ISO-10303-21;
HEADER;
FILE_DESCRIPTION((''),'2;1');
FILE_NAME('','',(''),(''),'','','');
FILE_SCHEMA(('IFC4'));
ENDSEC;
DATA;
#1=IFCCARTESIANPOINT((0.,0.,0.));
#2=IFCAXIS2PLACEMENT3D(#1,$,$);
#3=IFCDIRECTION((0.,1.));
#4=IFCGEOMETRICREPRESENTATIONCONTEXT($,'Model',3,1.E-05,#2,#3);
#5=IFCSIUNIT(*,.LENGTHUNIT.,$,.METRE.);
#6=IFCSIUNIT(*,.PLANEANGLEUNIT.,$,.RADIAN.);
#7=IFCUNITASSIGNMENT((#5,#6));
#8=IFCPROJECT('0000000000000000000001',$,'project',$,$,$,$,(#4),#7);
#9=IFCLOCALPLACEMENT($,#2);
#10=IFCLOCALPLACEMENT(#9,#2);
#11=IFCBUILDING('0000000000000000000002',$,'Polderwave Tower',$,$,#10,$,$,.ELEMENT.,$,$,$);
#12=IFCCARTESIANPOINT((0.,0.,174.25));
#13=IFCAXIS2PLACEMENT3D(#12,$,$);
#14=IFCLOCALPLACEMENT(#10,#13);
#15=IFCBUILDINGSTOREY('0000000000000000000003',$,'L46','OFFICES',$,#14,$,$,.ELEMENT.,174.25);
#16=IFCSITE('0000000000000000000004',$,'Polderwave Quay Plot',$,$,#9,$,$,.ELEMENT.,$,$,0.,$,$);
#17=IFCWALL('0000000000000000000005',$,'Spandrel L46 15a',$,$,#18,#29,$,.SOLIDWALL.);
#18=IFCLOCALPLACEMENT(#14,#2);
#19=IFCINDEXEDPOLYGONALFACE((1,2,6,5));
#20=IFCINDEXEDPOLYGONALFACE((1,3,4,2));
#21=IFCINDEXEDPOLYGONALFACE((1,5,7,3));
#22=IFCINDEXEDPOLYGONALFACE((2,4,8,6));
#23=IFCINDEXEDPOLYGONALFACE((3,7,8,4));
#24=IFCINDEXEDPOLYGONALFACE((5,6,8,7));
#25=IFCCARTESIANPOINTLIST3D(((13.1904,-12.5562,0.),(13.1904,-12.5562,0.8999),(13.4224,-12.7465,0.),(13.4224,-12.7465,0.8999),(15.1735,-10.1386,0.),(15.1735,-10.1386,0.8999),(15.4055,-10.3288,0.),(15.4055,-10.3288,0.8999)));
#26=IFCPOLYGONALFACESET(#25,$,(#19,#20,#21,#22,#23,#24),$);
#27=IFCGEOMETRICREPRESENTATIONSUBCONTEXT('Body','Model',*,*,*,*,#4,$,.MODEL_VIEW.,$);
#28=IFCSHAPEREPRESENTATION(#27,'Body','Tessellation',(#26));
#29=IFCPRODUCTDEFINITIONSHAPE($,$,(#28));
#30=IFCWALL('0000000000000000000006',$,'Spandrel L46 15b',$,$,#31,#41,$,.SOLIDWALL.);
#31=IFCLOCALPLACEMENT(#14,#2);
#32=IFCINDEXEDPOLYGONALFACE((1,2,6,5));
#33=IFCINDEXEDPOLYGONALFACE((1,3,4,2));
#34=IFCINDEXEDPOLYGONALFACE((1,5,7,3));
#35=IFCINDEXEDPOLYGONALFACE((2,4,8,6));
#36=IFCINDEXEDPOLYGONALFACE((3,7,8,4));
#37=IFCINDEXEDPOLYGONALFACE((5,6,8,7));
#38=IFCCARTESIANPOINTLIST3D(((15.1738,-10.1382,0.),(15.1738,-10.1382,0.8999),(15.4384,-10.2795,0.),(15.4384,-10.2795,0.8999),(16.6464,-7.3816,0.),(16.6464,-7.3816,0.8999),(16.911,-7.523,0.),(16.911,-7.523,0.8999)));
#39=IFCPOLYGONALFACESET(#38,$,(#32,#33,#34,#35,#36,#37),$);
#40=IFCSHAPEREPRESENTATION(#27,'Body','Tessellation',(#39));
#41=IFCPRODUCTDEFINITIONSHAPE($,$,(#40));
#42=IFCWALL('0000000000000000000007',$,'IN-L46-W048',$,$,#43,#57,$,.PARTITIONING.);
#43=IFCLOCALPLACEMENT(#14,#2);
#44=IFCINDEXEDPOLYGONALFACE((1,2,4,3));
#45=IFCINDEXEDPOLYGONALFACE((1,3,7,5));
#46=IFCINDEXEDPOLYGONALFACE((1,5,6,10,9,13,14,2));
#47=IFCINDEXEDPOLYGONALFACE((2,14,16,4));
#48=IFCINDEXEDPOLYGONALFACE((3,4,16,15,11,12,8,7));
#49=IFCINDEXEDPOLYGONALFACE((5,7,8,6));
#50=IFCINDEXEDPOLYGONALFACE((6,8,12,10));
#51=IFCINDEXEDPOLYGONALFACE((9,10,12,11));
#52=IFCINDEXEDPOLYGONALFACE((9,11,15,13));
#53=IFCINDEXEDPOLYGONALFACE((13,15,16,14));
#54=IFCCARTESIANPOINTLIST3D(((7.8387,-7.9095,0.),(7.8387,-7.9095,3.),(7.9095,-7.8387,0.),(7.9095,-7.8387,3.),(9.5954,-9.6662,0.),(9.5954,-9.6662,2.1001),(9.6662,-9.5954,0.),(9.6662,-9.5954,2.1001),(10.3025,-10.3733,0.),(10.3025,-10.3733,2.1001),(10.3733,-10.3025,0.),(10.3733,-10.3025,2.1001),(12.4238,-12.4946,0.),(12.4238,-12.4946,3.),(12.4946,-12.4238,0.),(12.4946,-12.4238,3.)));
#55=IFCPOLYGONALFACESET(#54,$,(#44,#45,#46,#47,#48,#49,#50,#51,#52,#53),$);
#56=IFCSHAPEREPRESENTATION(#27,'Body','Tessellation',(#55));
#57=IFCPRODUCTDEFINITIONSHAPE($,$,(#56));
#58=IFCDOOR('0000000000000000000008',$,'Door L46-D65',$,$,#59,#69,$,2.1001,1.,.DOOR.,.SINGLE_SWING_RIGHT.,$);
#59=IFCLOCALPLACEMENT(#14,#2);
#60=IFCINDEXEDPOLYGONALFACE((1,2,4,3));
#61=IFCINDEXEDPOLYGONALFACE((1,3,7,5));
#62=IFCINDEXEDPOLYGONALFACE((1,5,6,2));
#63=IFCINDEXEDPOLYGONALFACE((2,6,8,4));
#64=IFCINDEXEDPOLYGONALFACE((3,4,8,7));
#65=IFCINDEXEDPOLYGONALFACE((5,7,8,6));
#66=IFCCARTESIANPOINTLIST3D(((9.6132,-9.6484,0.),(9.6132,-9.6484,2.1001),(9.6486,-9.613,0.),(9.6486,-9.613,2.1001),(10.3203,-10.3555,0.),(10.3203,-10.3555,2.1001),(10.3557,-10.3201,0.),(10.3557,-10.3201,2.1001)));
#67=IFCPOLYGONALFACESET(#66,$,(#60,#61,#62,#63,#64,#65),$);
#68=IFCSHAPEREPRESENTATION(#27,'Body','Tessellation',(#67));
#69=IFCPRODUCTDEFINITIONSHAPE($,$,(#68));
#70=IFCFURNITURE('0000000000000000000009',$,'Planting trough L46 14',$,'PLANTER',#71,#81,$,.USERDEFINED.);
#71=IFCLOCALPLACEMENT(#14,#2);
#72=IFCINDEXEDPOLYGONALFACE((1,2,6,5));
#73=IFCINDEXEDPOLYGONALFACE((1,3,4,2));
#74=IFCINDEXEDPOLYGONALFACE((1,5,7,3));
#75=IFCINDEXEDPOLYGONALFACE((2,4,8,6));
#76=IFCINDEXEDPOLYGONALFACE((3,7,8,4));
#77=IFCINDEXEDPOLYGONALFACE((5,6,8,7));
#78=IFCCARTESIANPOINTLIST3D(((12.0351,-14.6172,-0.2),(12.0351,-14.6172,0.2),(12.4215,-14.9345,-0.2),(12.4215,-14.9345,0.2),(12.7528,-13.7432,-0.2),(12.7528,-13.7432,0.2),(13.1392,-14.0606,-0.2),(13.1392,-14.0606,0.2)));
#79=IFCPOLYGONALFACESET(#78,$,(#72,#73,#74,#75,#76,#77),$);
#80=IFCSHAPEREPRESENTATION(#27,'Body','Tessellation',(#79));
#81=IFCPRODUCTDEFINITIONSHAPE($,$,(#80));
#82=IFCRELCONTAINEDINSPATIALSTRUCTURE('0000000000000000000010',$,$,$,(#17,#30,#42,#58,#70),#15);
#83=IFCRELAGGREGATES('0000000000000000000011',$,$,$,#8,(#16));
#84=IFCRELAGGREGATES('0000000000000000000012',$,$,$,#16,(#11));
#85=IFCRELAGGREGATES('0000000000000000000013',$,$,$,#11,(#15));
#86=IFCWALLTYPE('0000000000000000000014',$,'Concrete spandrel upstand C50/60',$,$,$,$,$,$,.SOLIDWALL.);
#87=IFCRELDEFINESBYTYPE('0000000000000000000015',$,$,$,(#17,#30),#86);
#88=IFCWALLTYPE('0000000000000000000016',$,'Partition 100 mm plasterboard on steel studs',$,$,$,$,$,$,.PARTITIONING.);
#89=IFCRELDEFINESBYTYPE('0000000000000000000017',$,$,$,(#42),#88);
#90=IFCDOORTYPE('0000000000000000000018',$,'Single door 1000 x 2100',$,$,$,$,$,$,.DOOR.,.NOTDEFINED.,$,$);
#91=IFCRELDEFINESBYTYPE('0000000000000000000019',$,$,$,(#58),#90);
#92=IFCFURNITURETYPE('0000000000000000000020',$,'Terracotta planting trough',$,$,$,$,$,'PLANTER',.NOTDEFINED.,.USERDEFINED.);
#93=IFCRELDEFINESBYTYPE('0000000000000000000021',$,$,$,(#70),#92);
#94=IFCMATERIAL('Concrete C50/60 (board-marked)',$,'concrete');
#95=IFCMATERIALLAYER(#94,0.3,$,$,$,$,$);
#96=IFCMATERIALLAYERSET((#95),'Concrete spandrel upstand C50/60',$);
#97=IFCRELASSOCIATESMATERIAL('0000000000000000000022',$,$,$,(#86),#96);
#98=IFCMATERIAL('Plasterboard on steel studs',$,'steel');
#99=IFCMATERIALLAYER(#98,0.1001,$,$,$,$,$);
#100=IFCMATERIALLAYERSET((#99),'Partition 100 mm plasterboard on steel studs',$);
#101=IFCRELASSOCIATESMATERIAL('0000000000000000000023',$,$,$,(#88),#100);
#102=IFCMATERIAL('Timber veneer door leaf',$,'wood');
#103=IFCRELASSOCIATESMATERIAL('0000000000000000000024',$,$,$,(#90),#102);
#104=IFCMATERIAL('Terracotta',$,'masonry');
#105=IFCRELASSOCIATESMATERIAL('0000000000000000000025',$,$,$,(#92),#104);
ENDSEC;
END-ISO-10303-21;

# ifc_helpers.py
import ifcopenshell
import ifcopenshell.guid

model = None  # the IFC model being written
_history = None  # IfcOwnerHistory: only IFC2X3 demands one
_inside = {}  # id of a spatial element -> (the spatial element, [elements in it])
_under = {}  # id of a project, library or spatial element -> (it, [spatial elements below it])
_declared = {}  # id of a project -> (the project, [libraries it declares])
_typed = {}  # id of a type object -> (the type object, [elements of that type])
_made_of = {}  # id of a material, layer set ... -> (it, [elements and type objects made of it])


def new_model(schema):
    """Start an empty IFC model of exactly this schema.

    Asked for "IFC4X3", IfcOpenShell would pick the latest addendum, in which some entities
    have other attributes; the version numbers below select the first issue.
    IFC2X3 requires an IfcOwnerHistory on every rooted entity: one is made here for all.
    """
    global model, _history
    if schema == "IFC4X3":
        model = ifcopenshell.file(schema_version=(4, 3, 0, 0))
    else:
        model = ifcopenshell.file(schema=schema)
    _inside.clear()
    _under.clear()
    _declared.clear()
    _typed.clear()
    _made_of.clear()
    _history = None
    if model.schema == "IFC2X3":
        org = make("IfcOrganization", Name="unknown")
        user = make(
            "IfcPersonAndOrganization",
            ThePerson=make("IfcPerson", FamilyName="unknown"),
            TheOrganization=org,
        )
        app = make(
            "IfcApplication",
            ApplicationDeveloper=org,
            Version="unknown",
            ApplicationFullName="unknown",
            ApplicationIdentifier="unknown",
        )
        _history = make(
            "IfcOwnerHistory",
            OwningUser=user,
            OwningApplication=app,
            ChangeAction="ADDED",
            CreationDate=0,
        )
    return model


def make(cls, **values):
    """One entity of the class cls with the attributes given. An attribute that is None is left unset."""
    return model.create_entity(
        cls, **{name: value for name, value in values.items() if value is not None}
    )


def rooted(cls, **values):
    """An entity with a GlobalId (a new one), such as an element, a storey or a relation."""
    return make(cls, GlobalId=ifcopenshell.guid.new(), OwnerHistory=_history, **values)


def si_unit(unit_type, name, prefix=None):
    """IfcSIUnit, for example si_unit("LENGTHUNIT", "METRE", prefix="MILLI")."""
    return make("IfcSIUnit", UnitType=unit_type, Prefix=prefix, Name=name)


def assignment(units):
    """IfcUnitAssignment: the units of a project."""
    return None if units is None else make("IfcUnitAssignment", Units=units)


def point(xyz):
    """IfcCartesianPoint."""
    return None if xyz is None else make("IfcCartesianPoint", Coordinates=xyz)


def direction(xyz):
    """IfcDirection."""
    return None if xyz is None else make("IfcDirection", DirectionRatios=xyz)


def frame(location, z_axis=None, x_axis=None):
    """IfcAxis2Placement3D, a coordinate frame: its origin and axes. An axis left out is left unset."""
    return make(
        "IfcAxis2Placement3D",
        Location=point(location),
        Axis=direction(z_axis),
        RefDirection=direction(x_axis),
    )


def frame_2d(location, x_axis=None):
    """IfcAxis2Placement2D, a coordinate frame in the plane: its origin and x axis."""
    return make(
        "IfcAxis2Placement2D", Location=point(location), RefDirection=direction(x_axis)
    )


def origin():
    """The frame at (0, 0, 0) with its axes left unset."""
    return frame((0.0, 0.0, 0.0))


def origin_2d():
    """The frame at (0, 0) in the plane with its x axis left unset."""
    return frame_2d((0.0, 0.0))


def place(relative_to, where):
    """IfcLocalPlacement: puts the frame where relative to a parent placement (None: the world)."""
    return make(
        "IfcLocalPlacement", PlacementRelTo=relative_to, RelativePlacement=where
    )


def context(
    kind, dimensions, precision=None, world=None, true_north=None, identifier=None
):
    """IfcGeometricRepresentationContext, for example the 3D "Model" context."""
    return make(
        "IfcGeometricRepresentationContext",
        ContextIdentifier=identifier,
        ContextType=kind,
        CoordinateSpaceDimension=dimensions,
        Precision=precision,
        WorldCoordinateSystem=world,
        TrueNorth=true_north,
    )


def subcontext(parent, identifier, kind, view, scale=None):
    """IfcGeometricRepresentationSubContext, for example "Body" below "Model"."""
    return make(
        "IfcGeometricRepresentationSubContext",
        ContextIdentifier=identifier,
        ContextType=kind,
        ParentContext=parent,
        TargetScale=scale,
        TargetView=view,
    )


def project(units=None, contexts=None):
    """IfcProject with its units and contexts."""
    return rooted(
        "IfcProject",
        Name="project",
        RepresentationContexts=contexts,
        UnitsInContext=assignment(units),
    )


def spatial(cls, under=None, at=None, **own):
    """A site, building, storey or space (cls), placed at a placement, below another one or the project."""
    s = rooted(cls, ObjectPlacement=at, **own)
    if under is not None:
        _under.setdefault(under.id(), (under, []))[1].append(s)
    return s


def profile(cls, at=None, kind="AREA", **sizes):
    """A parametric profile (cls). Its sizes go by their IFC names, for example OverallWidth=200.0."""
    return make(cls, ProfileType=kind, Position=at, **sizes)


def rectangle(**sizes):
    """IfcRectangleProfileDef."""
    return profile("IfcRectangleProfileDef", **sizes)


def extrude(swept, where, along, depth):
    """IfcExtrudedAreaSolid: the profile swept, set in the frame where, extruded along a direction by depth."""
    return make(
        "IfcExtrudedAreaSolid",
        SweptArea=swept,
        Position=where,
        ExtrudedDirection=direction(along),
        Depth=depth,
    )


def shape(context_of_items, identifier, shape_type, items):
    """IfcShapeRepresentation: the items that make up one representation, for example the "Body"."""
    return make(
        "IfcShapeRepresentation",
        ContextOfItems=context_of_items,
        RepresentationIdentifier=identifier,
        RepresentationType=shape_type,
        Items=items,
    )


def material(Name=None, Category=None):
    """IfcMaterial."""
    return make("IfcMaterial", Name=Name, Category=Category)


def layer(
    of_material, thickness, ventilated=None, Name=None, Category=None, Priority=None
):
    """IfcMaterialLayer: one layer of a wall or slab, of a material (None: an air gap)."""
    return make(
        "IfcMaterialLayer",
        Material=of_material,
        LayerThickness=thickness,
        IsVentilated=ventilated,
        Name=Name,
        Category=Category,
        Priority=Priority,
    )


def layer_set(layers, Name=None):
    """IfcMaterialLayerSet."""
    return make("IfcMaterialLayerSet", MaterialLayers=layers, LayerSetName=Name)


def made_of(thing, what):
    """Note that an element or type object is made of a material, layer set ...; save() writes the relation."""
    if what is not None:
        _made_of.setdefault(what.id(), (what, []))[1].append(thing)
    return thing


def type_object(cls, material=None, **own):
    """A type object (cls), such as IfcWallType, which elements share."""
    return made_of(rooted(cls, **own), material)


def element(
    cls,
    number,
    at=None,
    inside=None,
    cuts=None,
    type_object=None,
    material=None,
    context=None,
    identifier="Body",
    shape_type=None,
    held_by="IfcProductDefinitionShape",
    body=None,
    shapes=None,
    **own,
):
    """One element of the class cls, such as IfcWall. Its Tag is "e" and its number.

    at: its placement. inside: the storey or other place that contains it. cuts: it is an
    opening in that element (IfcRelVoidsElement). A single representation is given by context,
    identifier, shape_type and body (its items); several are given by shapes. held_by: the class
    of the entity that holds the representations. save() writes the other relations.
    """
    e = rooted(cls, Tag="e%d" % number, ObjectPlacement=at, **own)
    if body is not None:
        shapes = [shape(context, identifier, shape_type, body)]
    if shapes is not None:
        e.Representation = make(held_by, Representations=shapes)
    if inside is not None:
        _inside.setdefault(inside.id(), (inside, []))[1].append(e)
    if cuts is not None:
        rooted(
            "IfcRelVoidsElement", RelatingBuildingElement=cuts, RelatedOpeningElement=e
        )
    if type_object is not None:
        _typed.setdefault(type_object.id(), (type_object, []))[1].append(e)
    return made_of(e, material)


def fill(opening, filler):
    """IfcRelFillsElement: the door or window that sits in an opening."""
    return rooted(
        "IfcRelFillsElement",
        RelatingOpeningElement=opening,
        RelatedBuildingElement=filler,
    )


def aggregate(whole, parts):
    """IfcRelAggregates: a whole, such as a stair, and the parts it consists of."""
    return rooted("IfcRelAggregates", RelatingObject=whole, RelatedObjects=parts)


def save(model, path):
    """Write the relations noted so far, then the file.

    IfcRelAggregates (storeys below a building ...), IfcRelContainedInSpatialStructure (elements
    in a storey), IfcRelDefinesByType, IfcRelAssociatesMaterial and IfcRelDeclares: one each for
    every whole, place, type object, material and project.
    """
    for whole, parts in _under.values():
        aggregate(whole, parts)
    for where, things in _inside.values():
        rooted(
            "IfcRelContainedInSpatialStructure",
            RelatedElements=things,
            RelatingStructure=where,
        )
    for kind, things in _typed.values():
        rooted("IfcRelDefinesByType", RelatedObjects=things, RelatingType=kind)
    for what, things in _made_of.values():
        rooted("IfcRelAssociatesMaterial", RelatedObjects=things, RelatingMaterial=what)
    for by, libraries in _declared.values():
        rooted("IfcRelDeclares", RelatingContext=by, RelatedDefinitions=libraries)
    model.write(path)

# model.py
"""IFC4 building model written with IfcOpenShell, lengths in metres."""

from ifc_helpers import new_model, si_unit, direction, frame, frame_2d, origin, origin_2d, place, context, subcontext, project, spatial, rectangle, extrude, material, layer, layer_set, type_object, element, fill, save


model = new_model("IFC4")

# Units and contexts
model_context = context("Model", 3, precision=1e-05, world=origin(), true_north=direction((0.0, 1.0)))
body_context = subcontext(model_context, "Body", "Model", "MODEL_VIEW")
ifc_project = project(units=[si_unit("LENGTHUNIT", "METRE"), si_unit("PLANEANGLEUNIT", "RADIAN")], contexts=[model_context])

# Site, building, storey
site_placement = place(None, origin())
site = spatial("IfcSite", under=ifc_project, at=site_placement, Name="Polderwave Quay Plot", CompositionType="ELEMENT", RefElevation=0.0)
building_placement = place(site_placement, origin())
building = spatial("IfcBuilding", under=site, at=building_placement, Name="Polderwave Tower", CompositionType="ELEMENT")
storey_placement = place(building_placement, frame((0.0, 0.0, 174.25)))
storey = spatial("IfcBuildingStorey", under=building, at=storey_placement, Name="L46", Description="OFFICES", CompositionType="ELEMENT", Elevation=174.25)

# Walls
ifc_material_1 = material(Name="Concrete C50/60 (board-marked)", Category="concrete")
ifc_layer_1 = layer(ifc_material_1, 0.3)
ifc_layer_set_1 = layer_set([ifc_layer_1], Name="Concrete spandrel upstand C50/60")
wall_type_1 = type_object("IfcWallType", Name="Concrete spandrel upstand C50/60", PredefinedType="SOLIDWALL", material=ifc_layer_set_1)
for number, where, z_axis, x_axis, name in (
    (1, (13.3064, -12.6514, 0.0), (0.0, 0.0, 1.0), (0.634198, 0.773171, 0.0), "Spandrel L46 15a"),
):
    element("IfcWall", number, at=place(storey_placement, frame(where, z_axis=z_axis, x_axis=x_axis)), inside=storey, type_object=wall_type_1, Name=name, PredefinedType="SOLIDWALL", context=body_context, shape_type="SweptSolid", body=[
        extrude(rectangle(XDim=3.127, YDim=0.3, at=frame_2d((1.5635, 0.0))), origin(), (0.0, 0.0, 1.0), 0.8999),
    ])
wall_1_placement = place(storey_placement, frame((15.3062, -10.2087, 0.0), z_axis=(0.0, 0.0, 1.0), x_axis=(0.471204, 0.882024, 0.0)))
element("IfcWall", 2, at=wall_1_placement, inside=storey, type_object=wall_type_1, Name="Spandrel L46 15b", PredefinedType="SOLIDWALL", context=body_context, shape_type="SweptSolid", body=[
    extrude(rectangle(XDim=3.1252, YDim=0.3, at=frame_2d((1.5625, 0.0))), origin(), (0.0, 0.0, 1.0), 0.8999),
])

# Wall, opening, door
ifc_material_2 = material(Name="Plasterboard on steel studs", Category="steel")
ifc_layer_2 = layer(ifc_material_2, 0.1001)
ifc_layer_set_2 = layer_set([ifc_layer_2], Name="Partition 100 mm plasterboard on steel studs")
wall_type_2 = type_object("IfcWallType", Name="Partition 100 mm plasterboard on steel studs", PredefinedType="PARTITIONING", material=ifc_layer_set_2)
wall_2_placement = place(storey_placement, frame((12.4592, -12.4592, 0.0), z_axis=(0.0, 0.0, 1.0), x_axis=(-0.707107, 0.707107, 0.0)))
wall_2 = element("IfcWall", 3, at=wall_2_placement, inside=storey, type_object=wall_type_2, Name="IN-L46-W048", PredefinedType="PARTITIONING", context=body_context, shape_type="SweptSolid", body=[
    extrude(rectangle(XDim=6.4844, YDim=0.1001, at=frame_2d((3.2422, 0.0))), origin(), (0.0, 0.0, 1.0), 3.0),
])
opening_placement = place(wall_2_placement, frame((3.0, 0.0, 0.0)))
opening = element("IfcOpeningElement", 4, at=opening_placement, cuts=wall_2, PredefinedType="OPENING", context=body_context, shape_type="SweptSolid", body=[
    extrude(rectangle(XDim=1.0, YDim=2.1001, at=frame_2d((0.5, 1.05))), frame((0.0, 0.0601, 0.0), z_axis=(0.0, -1.0, 0.0), x_axis=(1.0, 0.0, 0.0)), (0.0, 0.0, 1.0), 0.1201),
])
ifc_material_3 = material(Name="Timber veneer door leaf", Category="wood")
door_type = type_object("IfcDoorType", Name="Single door 1000 x 2100", OperationType="NOTDEFINED", PredefinedType="DOOR", material=ifc_material_3)
door_placement = place(opening_placement, origin())
door = element("IfcDoor", 5, at=door_placement, inside=storey, type_object=door_type, Name="Door L46-D65", OperationType="SINGLE_SWING_RIGHT", OverallHeight=2.1001, OverallWidth=1.0, PredefinedType="DOOR", context=body_context, shape_type="SweptSolid", body=[
    extrude(rectangle(XDim=1.0, YDim=2.1001, at=frame_2d((0.5, 1.05))), frame((0.0, 0.0249, 0.0), z_axis=(0.0, -1.0, 0.0), x_axis=(1.0, 0.0, 0.0)), (0.0, 0.0, 1.0), 0.05),
])
fill(opening, door)

# Furniture
ifc_material_4 = material(Name="Terracotta", Category="masonry")
furniture_type = type_object("IfcFurnitureType", Name="Terracotta planting trough", ElementType="PLANTER", AssemblyPlace="NOTDEFINED", PredefinedType="USERDEFINED", material=ifc_material_4)
furniture_placement = place(storey_placement, frame((12.5872, -14.3389, -0.2), z_axis=(0.0, 0.0, 1.0), x_axis=(0.634628, 0.772818, 0.0)))
element("IfcFurniture", 6, at=furniture_placement, inside=storey, type_object=furniture_type, Name="Planting trough L46 14", ObjectType="PLANTER", PredefinedType="USERDEFINED", context=body_context, shape_type="SweptSolid", body=[
    extrude(rectangle(XDim=1.1309, YDim=0.5, at=origin_2d()), origin(), (0.0, 0.0, 1.0), 0.3999),
])

save(model, "model.ifc")
